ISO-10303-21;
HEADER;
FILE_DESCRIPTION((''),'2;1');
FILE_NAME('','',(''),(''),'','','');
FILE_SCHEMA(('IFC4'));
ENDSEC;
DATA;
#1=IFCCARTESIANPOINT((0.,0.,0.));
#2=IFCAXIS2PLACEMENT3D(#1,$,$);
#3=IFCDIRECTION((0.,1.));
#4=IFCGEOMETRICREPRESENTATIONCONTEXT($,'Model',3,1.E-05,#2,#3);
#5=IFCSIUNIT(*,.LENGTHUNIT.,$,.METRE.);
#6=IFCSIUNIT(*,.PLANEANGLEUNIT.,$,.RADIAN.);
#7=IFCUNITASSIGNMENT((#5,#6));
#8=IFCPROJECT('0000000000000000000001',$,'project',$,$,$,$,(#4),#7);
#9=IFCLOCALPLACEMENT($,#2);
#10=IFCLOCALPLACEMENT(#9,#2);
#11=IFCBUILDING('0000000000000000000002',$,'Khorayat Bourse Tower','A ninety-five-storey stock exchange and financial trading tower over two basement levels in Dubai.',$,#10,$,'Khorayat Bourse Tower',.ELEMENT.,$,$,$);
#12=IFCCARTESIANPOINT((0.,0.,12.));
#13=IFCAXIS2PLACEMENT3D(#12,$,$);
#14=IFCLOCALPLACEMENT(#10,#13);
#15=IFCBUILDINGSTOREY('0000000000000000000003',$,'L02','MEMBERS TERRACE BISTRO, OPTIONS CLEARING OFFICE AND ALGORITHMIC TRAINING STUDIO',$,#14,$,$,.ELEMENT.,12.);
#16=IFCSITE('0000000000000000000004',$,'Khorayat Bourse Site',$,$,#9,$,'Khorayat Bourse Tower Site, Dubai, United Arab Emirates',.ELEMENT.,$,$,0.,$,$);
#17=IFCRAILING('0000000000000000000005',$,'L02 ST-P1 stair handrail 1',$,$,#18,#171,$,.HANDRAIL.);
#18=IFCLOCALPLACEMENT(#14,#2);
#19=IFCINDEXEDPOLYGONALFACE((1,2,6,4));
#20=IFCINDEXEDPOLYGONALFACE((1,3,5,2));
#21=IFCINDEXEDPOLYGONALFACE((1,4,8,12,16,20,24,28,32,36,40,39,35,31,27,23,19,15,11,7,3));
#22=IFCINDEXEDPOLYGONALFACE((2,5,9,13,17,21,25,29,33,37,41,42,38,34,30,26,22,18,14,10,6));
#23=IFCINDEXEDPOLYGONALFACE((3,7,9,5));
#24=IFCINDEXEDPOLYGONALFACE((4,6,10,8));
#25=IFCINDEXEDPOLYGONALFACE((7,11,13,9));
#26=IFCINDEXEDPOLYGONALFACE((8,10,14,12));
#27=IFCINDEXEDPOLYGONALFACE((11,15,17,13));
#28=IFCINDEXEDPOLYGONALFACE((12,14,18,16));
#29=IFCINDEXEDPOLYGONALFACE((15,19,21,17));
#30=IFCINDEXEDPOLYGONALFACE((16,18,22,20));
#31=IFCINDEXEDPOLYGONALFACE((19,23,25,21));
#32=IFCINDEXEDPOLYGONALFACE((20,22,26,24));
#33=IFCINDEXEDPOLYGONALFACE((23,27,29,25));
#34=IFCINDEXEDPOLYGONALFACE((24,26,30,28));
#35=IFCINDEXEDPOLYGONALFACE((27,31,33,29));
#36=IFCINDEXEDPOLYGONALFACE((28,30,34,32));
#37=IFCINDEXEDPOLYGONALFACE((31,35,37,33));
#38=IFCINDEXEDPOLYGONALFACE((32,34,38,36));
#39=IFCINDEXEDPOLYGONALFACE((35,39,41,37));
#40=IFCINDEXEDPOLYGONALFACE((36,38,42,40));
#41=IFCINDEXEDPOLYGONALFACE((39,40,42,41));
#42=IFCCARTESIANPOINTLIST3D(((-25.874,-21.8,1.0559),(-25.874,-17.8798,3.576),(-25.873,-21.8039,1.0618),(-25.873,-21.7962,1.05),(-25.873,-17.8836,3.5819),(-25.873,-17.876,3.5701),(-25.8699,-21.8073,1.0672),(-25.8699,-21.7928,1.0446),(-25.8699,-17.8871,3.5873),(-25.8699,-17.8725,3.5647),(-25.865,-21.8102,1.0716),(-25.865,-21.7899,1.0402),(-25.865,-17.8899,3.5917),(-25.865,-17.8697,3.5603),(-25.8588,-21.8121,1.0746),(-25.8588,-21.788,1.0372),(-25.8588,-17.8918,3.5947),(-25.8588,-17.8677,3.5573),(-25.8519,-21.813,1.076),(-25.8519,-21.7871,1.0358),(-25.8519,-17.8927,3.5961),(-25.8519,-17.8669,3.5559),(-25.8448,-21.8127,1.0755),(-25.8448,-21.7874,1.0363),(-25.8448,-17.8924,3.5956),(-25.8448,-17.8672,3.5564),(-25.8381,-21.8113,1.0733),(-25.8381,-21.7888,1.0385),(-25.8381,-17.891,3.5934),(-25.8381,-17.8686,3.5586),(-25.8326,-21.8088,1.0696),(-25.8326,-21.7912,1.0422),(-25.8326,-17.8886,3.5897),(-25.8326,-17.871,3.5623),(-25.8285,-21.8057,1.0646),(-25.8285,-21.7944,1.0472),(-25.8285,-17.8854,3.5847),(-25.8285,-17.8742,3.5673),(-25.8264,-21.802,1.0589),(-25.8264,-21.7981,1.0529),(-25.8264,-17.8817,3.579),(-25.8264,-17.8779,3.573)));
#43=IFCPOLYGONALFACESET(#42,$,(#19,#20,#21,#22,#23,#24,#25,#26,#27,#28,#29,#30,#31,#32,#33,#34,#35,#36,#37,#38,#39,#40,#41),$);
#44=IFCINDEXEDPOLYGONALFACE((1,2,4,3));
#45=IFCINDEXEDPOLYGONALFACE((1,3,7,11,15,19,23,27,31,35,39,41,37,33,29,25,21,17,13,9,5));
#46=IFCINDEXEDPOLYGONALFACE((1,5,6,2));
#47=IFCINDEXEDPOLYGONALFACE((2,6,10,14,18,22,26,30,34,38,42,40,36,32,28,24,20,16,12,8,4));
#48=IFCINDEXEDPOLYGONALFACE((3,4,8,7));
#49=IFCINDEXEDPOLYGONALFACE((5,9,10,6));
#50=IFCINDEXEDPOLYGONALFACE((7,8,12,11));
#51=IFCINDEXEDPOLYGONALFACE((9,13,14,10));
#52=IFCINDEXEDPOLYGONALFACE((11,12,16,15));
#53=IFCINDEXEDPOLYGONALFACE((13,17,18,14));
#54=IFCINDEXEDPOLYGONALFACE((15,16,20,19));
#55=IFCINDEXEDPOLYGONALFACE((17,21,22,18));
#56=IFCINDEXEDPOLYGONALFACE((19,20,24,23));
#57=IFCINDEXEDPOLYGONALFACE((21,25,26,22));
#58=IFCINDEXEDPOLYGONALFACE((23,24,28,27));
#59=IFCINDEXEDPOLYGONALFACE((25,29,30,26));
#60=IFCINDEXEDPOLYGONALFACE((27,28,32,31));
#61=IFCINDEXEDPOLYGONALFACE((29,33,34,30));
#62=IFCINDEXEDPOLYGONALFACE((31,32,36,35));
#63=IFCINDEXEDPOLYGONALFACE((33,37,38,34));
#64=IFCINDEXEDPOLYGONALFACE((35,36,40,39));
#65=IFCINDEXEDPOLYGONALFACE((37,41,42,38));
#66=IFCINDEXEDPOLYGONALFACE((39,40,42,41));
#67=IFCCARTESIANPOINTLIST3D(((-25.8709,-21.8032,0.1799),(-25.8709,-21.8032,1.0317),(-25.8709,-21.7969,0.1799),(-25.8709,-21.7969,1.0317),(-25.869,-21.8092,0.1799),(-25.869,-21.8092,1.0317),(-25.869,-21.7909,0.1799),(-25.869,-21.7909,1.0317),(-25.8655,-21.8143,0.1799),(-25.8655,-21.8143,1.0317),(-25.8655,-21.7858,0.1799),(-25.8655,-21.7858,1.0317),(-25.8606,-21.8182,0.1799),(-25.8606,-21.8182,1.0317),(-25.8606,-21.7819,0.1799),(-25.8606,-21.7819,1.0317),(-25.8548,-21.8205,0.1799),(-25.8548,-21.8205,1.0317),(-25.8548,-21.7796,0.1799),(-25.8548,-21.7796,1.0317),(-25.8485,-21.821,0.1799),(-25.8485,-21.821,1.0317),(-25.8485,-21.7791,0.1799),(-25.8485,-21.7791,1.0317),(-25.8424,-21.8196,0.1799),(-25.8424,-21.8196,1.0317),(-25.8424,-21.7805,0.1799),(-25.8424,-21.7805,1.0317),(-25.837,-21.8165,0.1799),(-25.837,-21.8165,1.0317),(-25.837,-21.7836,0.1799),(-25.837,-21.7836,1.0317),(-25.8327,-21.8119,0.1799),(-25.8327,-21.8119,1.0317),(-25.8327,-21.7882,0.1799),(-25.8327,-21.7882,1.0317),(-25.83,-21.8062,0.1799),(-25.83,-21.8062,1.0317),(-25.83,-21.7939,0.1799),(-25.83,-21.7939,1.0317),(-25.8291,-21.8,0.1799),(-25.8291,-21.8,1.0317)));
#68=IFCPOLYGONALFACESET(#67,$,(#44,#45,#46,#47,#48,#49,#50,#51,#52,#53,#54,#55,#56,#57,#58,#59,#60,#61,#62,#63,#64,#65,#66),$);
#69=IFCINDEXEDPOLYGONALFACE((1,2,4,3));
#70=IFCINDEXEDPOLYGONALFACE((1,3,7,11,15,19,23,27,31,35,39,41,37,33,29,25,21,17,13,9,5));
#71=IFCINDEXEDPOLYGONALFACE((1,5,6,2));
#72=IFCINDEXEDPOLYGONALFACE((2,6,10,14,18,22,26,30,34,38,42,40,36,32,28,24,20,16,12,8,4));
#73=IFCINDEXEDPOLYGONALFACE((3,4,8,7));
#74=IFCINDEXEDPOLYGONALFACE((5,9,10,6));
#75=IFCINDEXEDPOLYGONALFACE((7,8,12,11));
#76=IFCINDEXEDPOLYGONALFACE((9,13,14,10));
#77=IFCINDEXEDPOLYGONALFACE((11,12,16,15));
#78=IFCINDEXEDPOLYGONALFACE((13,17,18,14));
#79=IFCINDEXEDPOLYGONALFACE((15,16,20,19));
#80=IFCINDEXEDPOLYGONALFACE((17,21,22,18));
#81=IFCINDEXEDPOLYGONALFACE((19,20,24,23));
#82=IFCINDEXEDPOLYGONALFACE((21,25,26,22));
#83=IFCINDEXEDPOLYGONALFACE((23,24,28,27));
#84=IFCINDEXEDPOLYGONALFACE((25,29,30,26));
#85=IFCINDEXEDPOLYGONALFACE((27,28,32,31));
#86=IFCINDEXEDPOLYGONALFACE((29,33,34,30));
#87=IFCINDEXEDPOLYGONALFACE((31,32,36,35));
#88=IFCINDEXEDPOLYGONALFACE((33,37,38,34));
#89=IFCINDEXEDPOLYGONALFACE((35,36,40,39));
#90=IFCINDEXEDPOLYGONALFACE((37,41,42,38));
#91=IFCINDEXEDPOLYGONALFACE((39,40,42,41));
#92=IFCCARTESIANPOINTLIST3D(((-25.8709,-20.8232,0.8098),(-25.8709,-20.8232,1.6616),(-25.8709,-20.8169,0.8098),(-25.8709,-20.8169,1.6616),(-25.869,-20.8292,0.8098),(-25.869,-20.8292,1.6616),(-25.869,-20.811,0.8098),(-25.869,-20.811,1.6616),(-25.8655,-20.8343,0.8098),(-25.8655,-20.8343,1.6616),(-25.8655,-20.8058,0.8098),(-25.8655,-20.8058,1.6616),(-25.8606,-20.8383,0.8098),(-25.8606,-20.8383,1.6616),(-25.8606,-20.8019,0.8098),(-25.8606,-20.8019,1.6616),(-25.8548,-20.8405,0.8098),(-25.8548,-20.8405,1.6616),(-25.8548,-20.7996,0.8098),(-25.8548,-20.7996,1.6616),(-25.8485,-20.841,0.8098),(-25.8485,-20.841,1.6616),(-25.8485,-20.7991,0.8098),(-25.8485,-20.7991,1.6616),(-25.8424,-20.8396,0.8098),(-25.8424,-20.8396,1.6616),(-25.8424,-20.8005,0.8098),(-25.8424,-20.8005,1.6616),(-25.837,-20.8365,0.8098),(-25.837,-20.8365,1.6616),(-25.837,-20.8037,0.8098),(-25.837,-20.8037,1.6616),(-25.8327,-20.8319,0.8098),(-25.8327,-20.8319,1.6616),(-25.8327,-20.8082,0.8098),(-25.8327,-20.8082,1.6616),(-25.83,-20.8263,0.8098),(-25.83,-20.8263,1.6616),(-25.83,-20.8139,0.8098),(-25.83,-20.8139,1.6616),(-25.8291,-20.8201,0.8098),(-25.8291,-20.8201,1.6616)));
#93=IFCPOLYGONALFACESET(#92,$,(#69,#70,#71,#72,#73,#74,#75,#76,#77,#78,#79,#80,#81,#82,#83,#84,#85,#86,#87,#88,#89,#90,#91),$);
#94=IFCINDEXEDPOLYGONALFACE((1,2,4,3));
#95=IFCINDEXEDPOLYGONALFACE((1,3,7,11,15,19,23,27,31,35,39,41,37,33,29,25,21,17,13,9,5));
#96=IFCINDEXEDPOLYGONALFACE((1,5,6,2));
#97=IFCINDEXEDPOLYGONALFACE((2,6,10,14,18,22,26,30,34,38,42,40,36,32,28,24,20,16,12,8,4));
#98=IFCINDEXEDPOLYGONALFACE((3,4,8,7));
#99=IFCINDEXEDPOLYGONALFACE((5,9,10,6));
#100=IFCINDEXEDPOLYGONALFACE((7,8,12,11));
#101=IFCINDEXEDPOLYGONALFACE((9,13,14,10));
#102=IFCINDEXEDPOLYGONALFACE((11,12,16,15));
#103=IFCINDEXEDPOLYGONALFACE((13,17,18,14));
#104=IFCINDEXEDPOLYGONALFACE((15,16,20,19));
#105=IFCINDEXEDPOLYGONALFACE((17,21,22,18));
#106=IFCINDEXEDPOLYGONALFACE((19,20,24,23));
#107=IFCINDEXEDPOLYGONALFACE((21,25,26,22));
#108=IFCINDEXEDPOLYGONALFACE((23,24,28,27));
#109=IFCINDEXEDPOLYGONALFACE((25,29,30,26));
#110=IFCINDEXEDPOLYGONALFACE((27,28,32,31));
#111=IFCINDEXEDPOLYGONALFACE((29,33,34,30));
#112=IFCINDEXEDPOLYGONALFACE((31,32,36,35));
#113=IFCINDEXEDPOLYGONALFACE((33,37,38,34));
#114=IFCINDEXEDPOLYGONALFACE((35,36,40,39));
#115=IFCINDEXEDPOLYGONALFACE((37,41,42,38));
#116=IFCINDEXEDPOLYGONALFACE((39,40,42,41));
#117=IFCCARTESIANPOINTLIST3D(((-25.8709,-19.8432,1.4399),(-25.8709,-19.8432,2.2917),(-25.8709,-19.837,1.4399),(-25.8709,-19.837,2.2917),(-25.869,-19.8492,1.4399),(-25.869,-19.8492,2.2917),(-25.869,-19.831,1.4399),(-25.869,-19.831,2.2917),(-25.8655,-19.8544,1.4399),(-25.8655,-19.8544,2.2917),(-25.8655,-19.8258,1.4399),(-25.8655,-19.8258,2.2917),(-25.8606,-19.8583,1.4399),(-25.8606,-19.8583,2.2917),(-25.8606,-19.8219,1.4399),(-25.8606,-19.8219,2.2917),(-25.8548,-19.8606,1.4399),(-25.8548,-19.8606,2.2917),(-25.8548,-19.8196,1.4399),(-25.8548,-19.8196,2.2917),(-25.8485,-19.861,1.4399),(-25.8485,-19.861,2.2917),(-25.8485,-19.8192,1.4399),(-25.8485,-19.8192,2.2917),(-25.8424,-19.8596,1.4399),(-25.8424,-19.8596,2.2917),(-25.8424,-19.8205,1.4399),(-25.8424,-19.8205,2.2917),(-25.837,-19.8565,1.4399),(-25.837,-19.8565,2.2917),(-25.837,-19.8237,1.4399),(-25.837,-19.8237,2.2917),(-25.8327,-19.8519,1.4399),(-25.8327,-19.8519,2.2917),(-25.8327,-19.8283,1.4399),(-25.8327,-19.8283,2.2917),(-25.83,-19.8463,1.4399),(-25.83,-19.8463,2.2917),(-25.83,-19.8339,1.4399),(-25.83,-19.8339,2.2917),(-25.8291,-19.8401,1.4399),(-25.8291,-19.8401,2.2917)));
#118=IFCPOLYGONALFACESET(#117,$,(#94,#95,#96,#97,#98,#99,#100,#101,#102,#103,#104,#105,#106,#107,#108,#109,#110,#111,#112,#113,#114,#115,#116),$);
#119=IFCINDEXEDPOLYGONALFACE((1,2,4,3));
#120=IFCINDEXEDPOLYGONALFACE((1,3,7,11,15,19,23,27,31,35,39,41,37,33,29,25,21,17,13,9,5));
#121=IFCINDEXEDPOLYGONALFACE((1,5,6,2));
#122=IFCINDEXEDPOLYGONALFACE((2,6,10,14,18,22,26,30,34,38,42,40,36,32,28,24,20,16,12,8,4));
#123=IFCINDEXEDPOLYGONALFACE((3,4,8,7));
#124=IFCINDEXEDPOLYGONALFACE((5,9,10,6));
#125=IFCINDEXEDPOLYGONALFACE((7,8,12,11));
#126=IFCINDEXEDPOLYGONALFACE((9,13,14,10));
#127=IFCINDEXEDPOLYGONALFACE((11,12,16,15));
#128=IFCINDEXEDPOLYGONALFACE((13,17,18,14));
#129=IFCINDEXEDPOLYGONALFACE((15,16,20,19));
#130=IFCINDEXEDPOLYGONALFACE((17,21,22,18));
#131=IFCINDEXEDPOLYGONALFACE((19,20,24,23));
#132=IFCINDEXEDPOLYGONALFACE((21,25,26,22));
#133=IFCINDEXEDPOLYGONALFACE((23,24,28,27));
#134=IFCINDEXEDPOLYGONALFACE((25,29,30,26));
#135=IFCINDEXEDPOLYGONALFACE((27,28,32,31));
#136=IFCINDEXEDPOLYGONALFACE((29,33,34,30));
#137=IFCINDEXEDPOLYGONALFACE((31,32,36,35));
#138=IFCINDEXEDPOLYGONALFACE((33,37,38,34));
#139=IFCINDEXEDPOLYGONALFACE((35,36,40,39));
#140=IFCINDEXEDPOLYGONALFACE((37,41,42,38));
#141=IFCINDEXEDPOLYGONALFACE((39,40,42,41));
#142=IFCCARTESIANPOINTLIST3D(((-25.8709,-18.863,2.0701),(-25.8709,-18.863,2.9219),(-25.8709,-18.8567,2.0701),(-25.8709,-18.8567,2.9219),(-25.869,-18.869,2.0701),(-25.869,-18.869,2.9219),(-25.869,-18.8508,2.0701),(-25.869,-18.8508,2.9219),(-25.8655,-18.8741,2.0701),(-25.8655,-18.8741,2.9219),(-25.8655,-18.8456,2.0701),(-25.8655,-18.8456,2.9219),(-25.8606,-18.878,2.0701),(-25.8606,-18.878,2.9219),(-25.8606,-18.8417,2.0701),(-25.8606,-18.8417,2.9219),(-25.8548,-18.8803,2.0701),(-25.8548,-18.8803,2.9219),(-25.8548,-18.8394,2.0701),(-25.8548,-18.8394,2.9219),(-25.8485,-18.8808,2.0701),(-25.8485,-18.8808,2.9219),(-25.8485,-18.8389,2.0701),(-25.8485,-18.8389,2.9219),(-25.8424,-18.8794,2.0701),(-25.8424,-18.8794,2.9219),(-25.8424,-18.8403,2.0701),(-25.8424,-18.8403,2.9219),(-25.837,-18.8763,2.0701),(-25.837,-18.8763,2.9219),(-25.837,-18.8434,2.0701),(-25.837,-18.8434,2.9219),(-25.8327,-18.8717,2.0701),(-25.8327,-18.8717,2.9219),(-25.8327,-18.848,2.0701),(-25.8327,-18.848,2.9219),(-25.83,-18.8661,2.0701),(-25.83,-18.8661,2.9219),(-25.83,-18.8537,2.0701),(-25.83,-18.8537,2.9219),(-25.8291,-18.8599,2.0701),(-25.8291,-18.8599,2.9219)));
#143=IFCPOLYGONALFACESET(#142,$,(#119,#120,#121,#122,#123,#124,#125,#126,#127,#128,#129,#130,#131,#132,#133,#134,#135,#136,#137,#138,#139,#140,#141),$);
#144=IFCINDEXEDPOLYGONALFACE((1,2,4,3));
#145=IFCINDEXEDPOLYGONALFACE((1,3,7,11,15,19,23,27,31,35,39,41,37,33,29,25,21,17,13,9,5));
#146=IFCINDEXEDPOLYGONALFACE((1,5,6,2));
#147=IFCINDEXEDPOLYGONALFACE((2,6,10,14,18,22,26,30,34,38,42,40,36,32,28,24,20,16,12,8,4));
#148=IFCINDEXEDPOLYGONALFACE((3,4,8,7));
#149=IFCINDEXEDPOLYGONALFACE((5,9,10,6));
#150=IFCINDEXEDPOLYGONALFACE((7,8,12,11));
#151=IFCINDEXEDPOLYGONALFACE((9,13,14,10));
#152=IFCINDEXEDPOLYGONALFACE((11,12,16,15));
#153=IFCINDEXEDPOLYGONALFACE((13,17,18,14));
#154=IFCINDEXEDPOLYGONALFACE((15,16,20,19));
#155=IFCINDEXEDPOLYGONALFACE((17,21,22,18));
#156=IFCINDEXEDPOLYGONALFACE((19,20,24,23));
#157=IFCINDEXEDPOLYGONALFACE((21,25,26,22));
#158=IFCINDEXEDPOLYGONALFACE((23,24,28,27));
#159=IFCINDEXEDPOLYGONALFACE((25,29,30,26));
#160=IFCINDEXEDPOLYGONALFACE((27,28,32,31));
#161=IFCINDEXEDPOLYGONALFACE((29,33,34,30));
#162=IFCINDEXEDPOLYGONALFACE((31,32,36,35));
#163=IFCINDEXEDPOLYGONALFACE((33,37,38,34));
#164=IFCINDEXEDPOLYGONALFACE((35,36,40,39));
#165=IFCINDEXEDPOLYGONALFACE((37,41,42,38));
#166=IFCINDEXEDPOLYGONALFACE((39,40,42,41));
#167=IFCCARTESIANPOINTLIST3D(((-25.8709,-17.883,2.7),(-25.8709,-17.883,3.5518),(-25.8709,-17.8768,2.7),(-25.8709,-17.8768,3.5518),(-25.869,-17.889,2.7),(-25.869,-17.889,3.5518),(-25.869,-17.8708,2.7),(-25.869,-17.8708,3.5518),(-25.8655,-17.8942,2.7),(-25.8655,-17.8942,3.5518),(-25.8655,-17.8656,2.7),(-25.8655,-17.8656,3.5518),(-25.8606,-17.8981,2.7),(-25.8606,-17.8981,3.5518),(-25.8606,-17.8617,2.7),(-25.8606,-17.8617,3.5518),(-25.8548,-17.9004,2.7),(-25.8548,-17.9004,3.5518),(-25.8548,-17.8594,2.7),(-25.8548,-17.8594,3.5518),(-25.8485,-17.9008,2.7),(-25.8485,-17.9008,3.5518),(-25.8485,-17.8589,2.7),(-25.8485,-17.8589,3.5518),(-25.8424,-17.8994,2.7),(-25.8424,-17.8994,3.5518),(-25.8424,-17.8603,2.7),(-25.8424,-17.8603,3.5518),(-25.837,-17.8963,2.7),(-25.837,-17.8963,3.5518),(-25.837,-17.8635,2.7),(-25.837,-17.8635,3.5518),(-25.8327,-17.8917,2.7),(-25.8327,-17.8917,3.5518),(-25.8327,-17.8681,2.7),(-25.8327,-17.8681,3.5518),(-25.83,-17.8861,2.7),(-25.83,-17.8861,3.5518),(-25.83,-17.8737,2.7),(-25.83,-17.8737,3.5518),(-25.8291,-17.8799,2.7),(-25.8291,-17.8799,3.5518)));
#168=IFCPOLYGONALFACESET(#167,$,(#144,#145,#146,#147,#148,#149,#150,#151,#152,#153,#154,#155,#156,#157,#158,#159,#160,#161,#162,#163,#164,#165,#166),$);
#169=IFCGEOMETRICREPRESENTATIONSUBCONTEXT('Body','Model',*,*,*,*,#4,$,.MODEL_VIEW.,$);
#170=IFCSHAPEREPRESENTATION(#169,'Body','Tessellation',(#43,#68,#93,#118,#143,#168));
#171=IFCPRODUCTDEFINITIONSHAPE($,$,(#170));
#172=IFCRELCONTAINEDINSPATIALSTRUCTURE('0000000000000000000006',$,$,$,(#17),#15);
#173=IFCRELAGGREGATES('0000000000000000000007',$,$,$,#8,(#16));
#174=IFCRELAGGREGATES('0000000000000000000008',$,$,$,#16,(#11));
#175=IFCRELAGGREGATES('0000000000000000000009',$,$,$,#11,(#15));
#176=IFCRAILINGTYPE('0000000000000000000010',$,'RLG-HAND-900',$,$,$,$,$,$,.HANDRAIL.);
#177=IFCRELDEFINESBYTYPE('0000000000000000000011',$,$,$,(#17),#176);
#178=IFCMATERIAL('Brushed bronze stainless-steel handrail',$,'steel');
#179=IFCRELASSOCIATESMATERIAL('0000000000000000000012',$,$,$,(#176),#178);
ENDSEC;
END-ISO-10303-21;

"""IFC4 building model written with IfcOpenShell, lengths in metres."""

from ifc_helpers import new_model, si_unit, direction, frame, origin, origin_2d, place, context, subcontext, project, spatial, circle, extrude, source, transform, mapped, material, type_object, element, save


model = new_model("IFC4")

# Units and contexts
model_context = context("Model", 3, precision=1e-05, world=origin(), true_north=direction((0.0, 1.0)))
body_context = subcontext(model_context, "Body", "Model", "MODEL_VIEW")
ifc_project = project(units=[si_unit("LENGTHUNIT", "METRE"), si_unit("PLANEANGLEUNIT", "RADIAN")], contexts=[model_context])

# Site, building, storey
site_placement = place(None, origin())
site = spatial("IfcSite", under=ifc_project, at=site_placement, Name="Khorayat Bourse Site", LongName="Khorayat Bourse Tower Site, Dubai, United Arab Emirates", CompositionType="ELEMENT", RefElevation=0.0)
building_placement = place(site_placement, origin())
building = spatial("IfcBuilding", under=site, at=building_placement, Name="Khorayat Bourse Tower", Description="A ninety-five-storey stock exchange and financial trading tower over two basement levels in Dubai.", LongName="Khorayat Bourse Tower", CompositionType="ELEMENT")
storey_placement = place(building_placement, frame((0.0, 0.0, 12.0)))
storey = spatial("IfcBuildingStorey", under=building, at=storey_placement, Name="L02", Description="MEMBERS TERRACE BISTRO, OPTIONS CLEARING OFFICE AND ALGORITHMIC TRAINING STUDIO", CompositionType="ELEMENT", Elevation=12.0)

# Railing
ifc_material_1 = material(Name="Brushed bronze stainless-steel handrail", Category="steel")
railing_type_1 = type_object("IfcRailingType", Name="RLG-HAND-900", PredefinedType="HANDRAIL", material=ifc_material_1)
shared_shape_1 = source(origin(), body_context, "Body", "SweptSolid", [
    extrude(circle(Radius=0.0239, at=origin_2d()), frame((0.0, 0.0, 0.876), z_axis=(0.0, 0.841187, 0.540744), x_axis=(-1.0, 0.0, 0.0)), (0.0, 0.0, 1.0), 4.6604),
    extrude(circle(Radius=0.021, at=origin_2d()), origin(), (0.0, 0.0, 1.0), 0.8518),
    extrude(circle(Radius=0.021, at=origin_2d()), frame((0.0, 0.98, 0.6299)), (0.0, 0.0, 1.0), 0.8518),
    extrude(circle(Radius=0.021, at=origin_2d()), frame((0.0, 1.96, 1.26)), (0.0, 0.0, 1.0), 0.8518),
    extrude(circle(Radius=0.021, at=origin_2d()), frame((0.0, 2.9402, 1.8901)), (0.0, 0.0, 1.0), 0.8518),
    extrude(circle(Radius=0.021, at=origin_2d()), frame((0.0, 3.9202, 2.52)), (0.0, 0.0, 1.0), 0.8518),
])
railing_1_placement = place(storey_placement, frame((-25.8501, -21.8, 0.1799)))
element("IfcRailing", 1, at=railing_1_placement, inside=storey, type_object=railing_type_1, Name="L02 ST-P1 stair handrail 1", PredefinedType="HANDRAIL", context=body_context, shape_type="MappedRepresentation", body=[
    mapped(shared_shape_1, transform((0.0, 0.0, 0.0), scale=1.0)),
])

save(model, "model.ifc")
